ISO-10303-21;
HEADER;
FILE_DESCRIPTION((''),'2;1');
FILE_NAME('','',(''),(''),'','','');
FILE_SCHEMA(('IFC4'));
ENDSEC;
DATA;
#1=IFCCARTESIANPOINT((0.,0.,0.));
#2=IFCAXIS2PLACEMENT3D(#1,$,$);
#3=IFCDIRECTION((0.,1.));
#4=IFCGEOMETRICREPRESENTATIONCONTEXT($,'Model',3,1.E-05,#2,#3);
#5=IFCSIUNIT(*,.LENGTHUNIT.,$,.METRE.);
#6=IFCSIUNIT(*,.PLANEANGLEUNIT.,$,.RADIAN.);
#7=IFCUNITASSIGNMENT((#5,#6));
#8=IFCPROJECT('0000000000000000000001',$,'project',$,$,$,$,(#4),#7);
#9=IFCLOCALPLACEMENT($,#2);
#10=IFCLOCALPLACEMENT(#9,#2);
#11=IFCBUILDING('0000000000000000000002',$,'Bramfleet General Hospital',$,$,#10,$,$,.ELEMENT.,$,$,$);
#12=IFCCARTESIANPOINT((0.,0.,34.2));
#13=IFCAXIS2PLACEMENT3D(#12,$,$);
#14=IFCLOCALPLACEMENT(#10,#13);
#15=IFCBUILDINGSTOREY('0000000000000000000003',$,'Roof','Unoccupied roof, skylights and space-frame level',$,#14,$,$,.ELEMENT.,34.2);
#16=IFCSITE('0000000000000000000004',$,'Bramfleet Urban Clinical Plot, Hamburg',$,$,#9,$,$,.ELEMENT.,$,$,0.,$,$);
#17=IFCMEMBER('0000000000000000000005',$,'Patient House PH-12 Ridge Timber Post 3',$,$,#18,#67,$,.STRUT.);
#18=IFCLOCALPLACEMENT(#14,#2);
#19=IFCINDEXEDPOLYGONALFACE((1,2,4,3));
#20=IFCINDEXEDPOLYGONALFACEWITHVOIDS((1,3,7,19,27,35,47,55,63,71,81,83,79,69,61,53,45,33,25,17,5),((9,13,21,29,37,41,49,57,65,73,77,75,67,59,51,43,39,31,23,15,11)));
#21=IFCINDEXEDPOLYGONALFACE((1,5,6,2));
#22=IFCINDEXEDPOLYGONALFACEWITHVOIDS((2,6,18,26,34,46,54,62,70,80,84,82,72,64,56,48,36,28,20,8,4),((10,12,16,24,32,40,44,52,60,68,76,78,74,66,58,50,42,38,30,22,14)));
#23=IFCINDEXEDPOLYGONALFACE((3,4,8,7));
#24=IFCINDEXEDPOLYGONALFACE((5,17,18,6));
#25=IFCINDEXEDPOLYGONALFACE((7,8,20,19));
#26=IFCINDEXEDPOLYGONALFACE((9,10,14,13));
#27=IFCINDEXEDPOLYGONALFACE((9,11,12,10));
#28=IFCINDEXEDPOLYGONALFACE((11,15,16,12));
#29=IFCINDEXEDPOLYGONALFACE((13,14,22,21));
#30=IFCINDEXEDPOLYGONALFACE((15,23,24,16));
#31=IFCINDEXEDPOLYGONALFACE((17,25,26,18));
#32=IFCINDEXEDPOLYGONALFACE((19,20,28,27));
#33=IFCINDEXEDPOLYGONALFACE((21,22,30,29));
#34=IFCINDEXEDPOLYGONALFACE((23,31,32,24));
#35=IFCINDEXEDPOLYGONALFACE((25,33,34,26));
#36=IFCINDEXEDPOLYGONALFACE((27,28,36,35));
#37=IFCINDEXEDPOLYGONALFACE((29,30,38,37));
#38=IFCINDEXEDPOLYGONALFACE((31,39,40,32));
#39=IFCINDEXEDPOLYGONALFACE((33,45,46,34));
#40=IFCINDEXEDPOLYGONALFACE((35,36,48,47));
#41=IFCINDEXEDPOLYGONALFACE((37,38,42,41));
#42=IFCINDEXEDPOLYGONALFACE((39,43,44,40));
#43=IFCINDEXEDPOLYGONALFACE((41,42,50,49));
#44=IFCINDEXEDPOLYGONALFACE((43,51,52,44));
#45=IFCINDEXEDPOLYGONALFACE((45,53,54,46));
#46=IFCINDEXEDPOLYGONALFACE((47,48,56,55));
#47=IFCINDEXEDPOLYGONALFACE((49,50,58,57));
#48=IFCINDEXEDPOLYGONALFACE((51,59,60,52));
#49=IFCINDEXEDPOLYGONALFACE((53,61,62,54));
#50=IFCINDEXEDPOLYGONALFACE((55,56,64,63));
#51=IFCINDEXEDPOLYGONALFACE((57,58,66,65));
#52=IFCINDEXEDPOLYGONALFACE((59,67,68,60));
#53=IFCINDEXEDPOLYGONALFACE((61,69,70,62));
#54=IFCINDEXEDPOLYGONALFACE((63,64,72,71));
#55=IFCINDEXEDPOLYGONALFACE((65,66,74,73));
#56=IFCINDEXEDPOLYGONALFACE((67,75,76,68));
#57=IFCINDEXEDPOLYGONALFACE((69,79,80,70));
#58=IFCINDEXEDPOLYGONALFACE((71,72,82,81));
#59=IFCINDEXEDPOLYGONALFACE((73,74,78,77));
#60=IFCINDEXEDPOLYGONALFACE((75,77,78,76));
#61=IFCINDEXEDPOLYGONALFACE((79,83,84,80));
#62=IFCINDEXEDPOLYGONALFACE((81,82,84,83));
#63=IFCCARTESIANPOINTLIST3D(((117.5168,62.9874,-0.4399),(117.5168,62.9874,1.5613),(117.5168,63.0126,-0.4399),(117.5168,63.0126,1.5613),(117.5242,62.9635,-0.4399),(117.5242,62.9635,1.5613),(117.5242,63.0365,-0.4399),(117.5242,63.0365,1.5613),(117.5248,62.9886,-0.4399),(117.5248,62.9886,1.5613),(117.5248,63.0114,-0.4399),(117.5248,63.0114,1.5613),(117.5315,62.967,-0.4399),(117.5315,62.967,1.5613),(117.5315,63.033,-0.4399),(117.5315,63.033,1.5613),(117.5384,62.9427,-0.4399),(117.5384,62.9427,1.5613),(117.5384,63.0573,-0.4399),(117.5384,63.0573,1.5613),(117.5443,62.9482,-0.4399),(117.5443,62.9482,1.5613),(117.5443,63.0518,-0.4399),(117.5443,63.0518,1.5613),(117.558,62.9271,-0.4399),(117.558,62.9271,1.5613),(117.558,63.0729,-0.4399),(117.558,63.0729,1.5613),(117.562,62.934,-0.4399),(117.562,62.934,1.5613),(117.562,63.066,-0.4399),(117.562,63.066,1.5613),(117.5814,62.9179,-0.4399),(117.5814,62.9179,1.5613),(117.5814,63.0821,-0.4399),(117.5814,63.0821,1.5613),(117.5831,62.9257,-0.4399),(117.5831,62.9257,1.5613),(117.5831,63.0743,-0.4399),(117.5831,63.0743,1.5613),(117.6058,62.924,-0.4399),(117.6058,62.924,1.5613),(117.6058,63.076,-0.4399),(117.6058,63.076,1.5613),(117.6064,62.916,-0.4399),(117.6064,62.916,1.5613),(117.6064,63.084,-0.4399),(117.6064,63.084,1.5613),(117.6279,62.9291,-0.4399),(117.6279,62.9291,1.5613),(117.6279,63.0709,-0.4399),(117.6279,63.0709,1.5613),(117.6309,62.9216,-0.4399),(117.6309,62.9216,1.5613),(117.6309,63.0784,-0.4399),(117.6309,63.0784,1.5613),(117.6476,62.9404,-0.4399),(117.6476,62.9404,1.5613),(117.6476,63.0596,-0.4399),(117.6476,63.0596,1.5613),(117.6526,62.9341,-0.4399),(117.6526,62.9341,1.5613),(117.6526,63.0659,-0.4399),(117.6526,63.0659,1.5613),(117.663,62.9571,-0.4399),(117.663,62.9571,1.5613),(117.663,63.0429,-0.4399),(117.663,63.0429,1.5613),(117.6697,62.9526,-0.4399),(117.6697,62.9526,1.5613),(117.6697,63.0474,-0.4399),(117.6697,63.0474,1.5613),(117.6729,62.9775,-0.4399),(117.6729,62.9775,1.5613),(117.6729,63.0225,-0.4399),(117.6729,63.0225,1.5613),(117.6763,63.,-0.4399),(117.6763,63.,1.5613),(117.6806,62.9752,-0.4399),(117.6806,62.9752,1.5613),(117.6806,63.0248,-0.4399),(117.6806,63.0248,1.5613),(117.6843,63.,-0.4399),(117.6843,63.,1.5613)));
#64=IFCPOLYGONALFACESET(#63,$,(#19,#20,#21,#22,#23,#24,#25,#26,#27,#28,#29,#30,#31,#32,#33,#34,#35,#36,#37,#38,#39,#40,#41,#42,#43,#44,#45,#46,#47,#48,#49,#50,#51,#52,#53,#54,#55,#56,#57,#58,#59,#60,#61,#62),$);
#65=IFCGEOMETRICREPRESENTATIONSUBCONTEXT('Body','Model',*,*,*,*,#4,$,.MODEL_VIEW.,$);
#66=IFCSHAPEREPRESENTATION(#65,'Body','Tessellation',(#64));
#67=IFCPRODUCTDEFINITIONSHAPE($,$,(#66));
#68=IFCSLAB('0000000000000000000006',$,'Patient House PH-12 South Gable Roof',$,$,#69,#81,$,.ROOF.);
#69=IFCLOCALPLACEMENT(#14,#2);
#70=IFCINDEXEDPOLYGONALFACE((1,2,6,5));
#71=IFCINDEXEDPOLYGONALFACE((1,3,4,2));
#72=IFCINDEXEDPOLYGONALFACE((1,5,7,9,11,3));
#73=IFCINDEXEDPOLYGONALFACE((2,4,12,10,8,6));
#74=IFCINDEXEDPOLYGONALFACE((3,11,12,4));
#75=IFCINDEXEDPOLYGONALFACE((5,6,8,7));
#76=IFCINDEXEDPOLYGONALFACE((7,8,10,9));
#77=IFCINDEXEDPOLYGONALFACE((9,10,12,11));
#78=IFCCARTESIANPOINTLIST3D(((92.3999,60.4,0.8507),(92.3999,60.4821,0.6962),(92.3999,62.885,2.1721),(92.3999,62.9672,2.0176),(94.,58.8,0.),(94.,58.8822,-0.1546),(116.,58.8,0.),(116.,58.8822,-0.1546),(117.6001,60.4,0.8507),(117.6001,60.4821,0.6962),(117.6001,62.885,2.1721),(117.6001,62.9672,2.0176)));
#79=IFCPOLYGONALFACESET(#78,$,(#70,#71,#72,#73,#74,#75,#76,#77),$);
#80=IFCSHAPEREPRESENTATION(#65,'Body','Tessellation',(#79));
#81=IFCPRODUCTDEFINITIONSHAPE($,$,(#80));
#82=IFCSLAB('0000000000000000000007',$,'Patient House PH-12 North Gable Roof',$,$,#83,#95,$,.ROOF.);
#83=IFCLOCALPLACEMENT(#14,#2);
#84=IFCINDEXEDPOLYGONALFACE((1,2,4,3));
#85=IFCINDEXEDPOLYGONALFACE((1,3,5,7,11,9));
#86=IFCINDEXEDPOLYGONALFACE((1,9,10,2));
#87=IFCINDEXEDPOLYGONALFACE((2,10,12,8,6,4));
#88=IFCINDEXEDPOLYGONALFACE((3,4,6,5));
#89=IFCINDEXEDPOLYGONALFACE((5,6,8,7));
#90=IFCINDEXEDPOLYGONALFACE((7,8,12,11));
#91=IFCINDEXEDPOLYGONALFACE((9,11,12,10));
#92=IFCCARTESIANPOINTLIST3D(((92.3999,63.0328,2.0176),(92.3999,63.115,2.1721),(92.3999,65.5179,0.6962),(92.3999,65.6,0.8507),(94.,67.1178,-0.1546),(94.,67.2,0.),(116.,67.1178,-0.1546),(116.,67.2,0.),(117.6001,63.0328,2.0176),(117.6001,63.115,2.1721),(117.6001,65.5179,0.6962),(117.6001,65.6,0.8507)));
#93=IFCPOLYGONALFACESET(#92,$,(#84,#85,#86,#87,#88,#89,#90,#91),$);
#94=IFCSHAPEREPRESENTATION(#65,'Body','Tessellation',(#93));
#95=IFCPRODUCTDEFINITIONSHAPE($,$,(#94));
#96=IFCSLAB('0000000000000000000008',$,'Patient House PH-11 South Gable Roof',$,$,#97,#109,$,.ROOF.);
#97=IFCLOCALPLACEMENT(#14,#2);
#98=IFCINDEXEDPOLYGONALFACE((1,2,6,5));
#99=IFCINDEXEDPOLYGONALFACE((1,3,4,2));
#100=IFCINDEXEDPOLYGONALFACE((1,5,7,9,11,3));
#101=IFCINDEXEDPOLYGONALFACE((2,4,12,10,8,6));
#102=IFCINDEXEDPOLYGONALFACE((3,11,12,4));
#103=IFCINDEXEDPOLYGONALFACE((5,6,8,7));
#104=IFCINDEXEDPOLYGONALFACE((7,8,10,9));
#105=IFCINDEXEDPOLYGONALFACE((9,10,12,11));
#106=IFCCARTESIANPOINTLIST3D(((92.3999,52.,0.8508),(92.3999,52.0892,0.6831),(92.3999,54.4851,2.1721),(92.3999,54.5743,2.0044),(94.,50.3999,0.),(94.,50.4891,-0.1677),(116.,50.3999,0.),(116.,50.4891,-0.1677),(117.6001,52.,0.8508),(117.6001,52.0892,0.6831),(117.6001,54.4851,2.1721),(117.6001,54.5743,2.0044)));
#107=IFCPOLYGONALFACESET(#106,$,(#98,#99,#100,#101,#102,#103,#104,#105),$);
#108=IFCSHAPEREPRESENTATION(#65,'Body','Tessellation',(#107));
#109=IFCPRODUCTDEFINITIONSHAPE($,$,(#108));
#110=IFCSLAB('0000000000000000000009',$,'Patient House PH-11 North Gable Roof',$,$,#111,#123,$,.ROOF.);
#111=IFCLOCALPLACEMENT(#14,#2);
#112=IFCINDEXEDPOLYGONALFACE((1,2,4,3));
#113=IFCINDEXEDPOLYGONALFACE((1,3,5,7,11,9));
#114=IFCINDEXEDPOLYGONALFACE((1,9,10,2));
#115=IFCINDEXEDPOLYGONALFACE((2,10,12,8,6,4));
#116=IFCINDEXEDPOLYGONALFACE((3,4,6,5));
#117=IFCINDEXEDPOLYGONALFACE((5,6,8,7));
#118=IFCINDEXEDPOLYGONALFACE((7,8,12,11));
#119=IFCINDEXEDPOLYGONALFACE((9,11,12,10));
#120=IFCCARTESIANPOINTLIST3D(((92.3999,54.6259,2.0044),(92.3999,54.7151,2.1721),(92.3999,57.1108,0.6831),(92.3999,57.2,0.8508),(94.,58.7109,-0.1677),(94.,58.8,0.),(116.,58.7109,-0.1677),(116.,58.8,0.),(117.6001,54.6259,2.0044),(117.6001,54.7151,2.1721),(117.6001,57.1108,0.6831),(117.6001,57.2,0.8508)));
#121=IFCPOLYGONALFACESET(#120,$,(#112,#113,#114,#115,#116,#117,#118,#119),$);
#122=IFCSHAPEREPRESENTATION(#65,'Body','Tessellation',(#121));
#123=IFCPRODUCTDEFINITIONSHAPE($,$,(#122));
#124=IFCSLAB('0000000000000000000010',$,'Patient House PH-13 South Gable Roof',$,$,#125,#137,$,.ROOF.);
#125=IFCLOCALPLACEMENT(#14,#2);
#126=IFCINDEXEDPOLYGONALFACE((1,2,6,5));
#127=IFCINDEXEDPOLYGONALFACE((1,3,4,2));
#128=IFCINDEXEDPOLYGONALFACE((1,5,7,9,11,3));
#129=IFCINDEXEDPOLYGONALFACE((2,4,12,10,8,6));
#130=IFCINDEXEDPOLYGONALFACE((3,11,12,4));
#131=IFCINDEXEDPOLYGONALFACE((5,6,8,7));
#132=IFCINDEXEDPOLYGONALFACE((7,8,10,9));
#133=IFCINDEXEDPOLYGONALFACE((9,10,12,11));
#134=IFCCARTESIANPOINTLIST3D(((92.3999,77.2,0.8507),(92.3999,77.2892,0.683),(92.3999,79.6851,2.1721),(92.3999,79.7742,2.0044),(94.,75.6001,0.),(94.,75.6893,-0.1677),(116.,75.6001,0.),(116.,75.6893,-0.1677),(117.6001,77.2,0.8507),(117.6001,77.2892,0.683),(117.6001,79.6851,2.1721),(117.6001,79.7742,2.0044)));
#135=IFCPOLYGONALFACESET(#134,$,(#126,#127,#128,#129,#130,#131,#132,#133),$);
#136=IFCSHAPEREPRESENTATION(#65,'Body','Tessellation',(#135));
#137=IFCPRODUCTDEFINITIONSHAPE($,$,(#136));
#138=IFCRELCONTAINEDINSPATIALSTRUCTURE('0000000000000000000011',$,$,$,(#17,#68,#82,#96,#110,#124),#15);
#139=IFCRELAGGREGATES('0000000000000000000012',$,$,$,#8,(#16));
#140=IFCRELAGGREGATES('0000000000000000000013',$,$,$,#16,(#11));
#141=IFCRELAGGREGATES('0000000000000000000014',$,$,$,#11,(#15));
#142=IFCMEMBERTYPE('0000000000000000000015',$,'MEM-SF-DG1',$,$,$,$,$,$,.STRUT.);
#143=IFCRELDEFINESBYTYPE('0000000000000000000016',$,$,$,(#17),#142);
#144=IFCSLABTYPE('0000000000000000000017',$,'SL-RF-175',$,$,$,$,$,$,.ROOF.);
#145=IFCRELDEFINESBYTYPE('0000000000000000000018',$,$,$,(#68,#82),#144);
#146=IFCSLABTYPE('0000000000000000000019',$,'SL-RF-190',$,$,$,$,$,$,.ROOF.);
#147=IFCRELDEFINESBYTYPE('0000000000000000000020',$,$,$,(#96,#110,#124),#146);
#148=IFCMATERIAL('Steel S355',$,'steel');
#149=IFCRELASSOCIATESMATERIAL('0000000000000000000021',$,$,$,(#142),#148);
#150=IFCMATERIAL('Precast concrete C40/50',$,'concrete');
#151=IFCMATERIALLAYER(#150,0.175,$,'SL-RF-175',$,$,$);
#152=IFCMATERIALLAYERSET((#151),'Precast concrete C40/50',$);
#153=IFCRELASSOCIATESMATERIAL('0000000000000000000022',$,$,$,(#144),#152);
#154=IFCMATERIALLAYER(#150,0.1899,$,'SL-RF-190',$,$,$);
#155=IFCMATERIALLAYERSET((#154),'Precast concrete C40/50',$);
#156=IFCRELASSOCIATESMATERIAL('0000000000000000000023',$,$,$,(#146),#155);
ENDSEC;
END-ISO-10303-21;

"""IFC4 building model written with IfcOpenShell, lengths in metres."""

from ifc_helpers import new_model, si_unit, direction, frame, origin, origin_2d, place, context, subcontext, project, spatial, polyline, hollow_circle, outline, extrude, material, layer, layer_set, material_profile, profile_set, type_object, element, save


model = new_model("IFC4")

# Units and contexts
model_context = context("Model", 3, precision=1e-05, world=origin(), true_north=direction((0.0, 1.0)))
body_context = subcontext(model_context, "Body", "Model", "MODEL_VIEW")
ifc_project = project(units=[si_unit("LENGTHUNIT", "METRE"), si_unit("PLANEANGLEUNIT", "RADIAN")], contexts=[model_context])

# Site, building, storey
site_placement = place(None, origin())
site = spatial("IfcSite", under=ifc_project, at=site_placement, Name="Bramfleet Urban Clinical Plot, Hamburg", CompositionType="ELEMENT", RefElevation=0.0)
building_placement = place(site_placement, origin())
building = spatial("IfcBuilding", under=site, at=building_placement, Name="Bramfleet General Hospital", CompositionType="ELEMENT")
storey_placement = place(building_placement, frame((0.0, 0.0, 34.2)))
storey = spatial("IfcBuildingStorey", under=building, at=storey_placement, Name="Roof", Description="Unoccupied roof, skylights and space-frame level", CompositionType="ELEMENT", Elevation=34.2)

# Member
ifc_material_1 = material(Name="Steel S355", Category="steel")
ifc_material_profile_1 = material_profile(ifc_material_1, hollow_circle(Radius=0.0842, WallThickness=0.0081, at=origin_2d()), Name="CHS 168.3x8.0")
ifc_profile_set_1 = profile_set([ifc_material_profile_1], Name="Steel S355")
member_type_1 = type_object("IfcMemberType", Name="MEM-SF-DG1", PredefinedType="STRUT", material=ifc_profile_set_1)
for number, where, z_axis, x_axis, name in (
    (1, (117.6001, 63.0, -0.4399), (0.0, 0.0, 1.0), (1.0, 0.0, 0.0), "Patient House PH-12 Ridge Timber Post 3"),
):
    element("IfcMember", number, at=place(storey_placement, frame(where, z_axis=z_axis, x_axis=x_axis)), inside=storey, type_object=member_type_1, Name=name, PredefinedType="STRUT", context=body_context, shape_type="SweptSolid", body=[
        extrude(hollow_circle(Radius=0.0842, WallThickness=0.0081, at=origin_2d()), origin(), (0.0, 0.0, 1.0), 2.0012),
    ])

# Slabs
ifc_material_2 = material(Name="Precast concrete C40/50", Category="concrete")
ifc_layer_1 = layer(ifc_material_2, 0.175, Name="SL-RF-175")
ifc_layer_set_1 = layer_set([ifc_layer_1], Name="Precast concrete C40/50")
slab_type_1 = type_object("IfcSlabType", Name="SL-RF-175", PredefinedType="ROOF", material=ifc_layer_set_1)
slab_1_placement = place(storey_placement, frame((94.0, 58.8, 0.0), z_axis=(0.0, -0.469488, 0.882939), x_axis=(1.0, 0.0, 0.0)))
element("IfcSlab", 2, at=slab_1_placement, inside=storey, type_object=slab_type_1, Name="Patient House PH-12 South Gable Roof", PredefinedType="ROOF", context=body_context, shape_type="SweptSolid", body=[
    extrude(outline(polyline([(0.0, 0.0), (22.0, 0.0), (23.6001, 1.812), (23.6001, 4.6266), (-1.6001, 4.6266), (-1.6001, 1.812), (0.0, 0.0)])), origin(), (0.0, 0.0, -1.0), 0.175),
])
slab_2_placement = place(storey_placement, frame((92.3999, 63.115, 2.1721), z_axis=(0.0, 0.469488, 0.882939), x_axis=(1.0, 0.0, 0.0)))
element("IfcSlab", 3, at=slab_2_placement, inside=storey, type_object=slab_type_1, Name="Patient House PH-12 North Gable Roof", PredefinedType="ROOF", context=body_context, shape_type="SweptSolid", body=[
    extrude(outline(polyline([(0.0, 0.0), (25.2002, 0.0), (25.2002, 2.8145), (23.6001, 4.6266), (1.6001, 4.6266), (0.0, 2.8145), (0.0, 0.0)])), origin(), (0.0, 0.0, -1.0), 0.175),
])
ifc_layer_2 = layer(ifc_material_2, 0.1899, Name="SL-RF-190")
ifc_layer_set_2 = layer_set([ifc_layer_2], Name="Precast concrete C40/50")
slab_type_2 = type_object("IfcSlabType", Name="SL-RF-190", PredefinedType="ROOF", material=ifc_layer_set_2)
slab_3_placement = place(storey_placement, frame((94.0, 50.3999, 0.0), z_axis=(0.0, -0.469467, 0.88295), x_axis=(1.0, 0.0, 0.0)))
element("IfcSlab", 4, at=slab_3_placement, inside=storey, type_object=slab_type_2, Name="Patient House PH-11 South Gable Roof", PredefinedType="ROOF", context=body_context, shape_type="SweptSolid", body=[
    extrude(outline(polyline([(0.0, 0.0), (22.0, 0.0), (23.6001, 1.8122), (23.6001, 4.6268), (-1.6001, 4.6268), (-1.6001, 1.8122), (0.0, 0.0)])), origin(), (0.0, 0.0, -1.0), 0.1899),
])
slab_4_placement = place(storey_placement, frame((92.3999, 54.7151, 2.1721), z_axis=(0.0, 0.46949, 0.882938), x_axis=(1.0, 0.0, 0.0)))
element("IfcSlab", 5, at=slab_4_placement, inside=storey, type_object=slab_type_2, Name="Patient House PH-11 North Gable Roof", PredefinedType="ROOF", context=body_context, shape_type="SweptSolid", body=[
    extrude(outline(polyline([(0.0, 0.0), (25.2002, 0.0), (25.2002, 2.8143), (23.6001, 4.6266), (1.6001, 4.6266), (0.0, 2.8143), (0.0, 0.0)])), origin(), (0.0, 0.0, -1.0), 0.1899),
])
slab_5_placement = place(storey_placement, frame((94.0, 75.6001, 0.0), z_axis=(0.0, -0.469488, 0.882939), x_axis=(1.0, 0.0, 0.0)))
element("IfcSlab", 6, at=slab_5_placement, inside=storey, type_object=slab_type_2, Name="Patient House PH-13 South Gable Roof", PredefinedType="ROOF", context=body_context, shape_type="SweptSolid", body=[
    extrude(outline(polyline([(0.0, 0.0), (22.0, 0.0), (23.6001, 1.812), (23.6001, 4.6266), (-1.6001, 4.6266), (-1.6001, 1.812), (0.0, 0.0)])), origin(), (0.0, 0.0, -1.0), 0.1899),
])

save(model, "model.ifc")
